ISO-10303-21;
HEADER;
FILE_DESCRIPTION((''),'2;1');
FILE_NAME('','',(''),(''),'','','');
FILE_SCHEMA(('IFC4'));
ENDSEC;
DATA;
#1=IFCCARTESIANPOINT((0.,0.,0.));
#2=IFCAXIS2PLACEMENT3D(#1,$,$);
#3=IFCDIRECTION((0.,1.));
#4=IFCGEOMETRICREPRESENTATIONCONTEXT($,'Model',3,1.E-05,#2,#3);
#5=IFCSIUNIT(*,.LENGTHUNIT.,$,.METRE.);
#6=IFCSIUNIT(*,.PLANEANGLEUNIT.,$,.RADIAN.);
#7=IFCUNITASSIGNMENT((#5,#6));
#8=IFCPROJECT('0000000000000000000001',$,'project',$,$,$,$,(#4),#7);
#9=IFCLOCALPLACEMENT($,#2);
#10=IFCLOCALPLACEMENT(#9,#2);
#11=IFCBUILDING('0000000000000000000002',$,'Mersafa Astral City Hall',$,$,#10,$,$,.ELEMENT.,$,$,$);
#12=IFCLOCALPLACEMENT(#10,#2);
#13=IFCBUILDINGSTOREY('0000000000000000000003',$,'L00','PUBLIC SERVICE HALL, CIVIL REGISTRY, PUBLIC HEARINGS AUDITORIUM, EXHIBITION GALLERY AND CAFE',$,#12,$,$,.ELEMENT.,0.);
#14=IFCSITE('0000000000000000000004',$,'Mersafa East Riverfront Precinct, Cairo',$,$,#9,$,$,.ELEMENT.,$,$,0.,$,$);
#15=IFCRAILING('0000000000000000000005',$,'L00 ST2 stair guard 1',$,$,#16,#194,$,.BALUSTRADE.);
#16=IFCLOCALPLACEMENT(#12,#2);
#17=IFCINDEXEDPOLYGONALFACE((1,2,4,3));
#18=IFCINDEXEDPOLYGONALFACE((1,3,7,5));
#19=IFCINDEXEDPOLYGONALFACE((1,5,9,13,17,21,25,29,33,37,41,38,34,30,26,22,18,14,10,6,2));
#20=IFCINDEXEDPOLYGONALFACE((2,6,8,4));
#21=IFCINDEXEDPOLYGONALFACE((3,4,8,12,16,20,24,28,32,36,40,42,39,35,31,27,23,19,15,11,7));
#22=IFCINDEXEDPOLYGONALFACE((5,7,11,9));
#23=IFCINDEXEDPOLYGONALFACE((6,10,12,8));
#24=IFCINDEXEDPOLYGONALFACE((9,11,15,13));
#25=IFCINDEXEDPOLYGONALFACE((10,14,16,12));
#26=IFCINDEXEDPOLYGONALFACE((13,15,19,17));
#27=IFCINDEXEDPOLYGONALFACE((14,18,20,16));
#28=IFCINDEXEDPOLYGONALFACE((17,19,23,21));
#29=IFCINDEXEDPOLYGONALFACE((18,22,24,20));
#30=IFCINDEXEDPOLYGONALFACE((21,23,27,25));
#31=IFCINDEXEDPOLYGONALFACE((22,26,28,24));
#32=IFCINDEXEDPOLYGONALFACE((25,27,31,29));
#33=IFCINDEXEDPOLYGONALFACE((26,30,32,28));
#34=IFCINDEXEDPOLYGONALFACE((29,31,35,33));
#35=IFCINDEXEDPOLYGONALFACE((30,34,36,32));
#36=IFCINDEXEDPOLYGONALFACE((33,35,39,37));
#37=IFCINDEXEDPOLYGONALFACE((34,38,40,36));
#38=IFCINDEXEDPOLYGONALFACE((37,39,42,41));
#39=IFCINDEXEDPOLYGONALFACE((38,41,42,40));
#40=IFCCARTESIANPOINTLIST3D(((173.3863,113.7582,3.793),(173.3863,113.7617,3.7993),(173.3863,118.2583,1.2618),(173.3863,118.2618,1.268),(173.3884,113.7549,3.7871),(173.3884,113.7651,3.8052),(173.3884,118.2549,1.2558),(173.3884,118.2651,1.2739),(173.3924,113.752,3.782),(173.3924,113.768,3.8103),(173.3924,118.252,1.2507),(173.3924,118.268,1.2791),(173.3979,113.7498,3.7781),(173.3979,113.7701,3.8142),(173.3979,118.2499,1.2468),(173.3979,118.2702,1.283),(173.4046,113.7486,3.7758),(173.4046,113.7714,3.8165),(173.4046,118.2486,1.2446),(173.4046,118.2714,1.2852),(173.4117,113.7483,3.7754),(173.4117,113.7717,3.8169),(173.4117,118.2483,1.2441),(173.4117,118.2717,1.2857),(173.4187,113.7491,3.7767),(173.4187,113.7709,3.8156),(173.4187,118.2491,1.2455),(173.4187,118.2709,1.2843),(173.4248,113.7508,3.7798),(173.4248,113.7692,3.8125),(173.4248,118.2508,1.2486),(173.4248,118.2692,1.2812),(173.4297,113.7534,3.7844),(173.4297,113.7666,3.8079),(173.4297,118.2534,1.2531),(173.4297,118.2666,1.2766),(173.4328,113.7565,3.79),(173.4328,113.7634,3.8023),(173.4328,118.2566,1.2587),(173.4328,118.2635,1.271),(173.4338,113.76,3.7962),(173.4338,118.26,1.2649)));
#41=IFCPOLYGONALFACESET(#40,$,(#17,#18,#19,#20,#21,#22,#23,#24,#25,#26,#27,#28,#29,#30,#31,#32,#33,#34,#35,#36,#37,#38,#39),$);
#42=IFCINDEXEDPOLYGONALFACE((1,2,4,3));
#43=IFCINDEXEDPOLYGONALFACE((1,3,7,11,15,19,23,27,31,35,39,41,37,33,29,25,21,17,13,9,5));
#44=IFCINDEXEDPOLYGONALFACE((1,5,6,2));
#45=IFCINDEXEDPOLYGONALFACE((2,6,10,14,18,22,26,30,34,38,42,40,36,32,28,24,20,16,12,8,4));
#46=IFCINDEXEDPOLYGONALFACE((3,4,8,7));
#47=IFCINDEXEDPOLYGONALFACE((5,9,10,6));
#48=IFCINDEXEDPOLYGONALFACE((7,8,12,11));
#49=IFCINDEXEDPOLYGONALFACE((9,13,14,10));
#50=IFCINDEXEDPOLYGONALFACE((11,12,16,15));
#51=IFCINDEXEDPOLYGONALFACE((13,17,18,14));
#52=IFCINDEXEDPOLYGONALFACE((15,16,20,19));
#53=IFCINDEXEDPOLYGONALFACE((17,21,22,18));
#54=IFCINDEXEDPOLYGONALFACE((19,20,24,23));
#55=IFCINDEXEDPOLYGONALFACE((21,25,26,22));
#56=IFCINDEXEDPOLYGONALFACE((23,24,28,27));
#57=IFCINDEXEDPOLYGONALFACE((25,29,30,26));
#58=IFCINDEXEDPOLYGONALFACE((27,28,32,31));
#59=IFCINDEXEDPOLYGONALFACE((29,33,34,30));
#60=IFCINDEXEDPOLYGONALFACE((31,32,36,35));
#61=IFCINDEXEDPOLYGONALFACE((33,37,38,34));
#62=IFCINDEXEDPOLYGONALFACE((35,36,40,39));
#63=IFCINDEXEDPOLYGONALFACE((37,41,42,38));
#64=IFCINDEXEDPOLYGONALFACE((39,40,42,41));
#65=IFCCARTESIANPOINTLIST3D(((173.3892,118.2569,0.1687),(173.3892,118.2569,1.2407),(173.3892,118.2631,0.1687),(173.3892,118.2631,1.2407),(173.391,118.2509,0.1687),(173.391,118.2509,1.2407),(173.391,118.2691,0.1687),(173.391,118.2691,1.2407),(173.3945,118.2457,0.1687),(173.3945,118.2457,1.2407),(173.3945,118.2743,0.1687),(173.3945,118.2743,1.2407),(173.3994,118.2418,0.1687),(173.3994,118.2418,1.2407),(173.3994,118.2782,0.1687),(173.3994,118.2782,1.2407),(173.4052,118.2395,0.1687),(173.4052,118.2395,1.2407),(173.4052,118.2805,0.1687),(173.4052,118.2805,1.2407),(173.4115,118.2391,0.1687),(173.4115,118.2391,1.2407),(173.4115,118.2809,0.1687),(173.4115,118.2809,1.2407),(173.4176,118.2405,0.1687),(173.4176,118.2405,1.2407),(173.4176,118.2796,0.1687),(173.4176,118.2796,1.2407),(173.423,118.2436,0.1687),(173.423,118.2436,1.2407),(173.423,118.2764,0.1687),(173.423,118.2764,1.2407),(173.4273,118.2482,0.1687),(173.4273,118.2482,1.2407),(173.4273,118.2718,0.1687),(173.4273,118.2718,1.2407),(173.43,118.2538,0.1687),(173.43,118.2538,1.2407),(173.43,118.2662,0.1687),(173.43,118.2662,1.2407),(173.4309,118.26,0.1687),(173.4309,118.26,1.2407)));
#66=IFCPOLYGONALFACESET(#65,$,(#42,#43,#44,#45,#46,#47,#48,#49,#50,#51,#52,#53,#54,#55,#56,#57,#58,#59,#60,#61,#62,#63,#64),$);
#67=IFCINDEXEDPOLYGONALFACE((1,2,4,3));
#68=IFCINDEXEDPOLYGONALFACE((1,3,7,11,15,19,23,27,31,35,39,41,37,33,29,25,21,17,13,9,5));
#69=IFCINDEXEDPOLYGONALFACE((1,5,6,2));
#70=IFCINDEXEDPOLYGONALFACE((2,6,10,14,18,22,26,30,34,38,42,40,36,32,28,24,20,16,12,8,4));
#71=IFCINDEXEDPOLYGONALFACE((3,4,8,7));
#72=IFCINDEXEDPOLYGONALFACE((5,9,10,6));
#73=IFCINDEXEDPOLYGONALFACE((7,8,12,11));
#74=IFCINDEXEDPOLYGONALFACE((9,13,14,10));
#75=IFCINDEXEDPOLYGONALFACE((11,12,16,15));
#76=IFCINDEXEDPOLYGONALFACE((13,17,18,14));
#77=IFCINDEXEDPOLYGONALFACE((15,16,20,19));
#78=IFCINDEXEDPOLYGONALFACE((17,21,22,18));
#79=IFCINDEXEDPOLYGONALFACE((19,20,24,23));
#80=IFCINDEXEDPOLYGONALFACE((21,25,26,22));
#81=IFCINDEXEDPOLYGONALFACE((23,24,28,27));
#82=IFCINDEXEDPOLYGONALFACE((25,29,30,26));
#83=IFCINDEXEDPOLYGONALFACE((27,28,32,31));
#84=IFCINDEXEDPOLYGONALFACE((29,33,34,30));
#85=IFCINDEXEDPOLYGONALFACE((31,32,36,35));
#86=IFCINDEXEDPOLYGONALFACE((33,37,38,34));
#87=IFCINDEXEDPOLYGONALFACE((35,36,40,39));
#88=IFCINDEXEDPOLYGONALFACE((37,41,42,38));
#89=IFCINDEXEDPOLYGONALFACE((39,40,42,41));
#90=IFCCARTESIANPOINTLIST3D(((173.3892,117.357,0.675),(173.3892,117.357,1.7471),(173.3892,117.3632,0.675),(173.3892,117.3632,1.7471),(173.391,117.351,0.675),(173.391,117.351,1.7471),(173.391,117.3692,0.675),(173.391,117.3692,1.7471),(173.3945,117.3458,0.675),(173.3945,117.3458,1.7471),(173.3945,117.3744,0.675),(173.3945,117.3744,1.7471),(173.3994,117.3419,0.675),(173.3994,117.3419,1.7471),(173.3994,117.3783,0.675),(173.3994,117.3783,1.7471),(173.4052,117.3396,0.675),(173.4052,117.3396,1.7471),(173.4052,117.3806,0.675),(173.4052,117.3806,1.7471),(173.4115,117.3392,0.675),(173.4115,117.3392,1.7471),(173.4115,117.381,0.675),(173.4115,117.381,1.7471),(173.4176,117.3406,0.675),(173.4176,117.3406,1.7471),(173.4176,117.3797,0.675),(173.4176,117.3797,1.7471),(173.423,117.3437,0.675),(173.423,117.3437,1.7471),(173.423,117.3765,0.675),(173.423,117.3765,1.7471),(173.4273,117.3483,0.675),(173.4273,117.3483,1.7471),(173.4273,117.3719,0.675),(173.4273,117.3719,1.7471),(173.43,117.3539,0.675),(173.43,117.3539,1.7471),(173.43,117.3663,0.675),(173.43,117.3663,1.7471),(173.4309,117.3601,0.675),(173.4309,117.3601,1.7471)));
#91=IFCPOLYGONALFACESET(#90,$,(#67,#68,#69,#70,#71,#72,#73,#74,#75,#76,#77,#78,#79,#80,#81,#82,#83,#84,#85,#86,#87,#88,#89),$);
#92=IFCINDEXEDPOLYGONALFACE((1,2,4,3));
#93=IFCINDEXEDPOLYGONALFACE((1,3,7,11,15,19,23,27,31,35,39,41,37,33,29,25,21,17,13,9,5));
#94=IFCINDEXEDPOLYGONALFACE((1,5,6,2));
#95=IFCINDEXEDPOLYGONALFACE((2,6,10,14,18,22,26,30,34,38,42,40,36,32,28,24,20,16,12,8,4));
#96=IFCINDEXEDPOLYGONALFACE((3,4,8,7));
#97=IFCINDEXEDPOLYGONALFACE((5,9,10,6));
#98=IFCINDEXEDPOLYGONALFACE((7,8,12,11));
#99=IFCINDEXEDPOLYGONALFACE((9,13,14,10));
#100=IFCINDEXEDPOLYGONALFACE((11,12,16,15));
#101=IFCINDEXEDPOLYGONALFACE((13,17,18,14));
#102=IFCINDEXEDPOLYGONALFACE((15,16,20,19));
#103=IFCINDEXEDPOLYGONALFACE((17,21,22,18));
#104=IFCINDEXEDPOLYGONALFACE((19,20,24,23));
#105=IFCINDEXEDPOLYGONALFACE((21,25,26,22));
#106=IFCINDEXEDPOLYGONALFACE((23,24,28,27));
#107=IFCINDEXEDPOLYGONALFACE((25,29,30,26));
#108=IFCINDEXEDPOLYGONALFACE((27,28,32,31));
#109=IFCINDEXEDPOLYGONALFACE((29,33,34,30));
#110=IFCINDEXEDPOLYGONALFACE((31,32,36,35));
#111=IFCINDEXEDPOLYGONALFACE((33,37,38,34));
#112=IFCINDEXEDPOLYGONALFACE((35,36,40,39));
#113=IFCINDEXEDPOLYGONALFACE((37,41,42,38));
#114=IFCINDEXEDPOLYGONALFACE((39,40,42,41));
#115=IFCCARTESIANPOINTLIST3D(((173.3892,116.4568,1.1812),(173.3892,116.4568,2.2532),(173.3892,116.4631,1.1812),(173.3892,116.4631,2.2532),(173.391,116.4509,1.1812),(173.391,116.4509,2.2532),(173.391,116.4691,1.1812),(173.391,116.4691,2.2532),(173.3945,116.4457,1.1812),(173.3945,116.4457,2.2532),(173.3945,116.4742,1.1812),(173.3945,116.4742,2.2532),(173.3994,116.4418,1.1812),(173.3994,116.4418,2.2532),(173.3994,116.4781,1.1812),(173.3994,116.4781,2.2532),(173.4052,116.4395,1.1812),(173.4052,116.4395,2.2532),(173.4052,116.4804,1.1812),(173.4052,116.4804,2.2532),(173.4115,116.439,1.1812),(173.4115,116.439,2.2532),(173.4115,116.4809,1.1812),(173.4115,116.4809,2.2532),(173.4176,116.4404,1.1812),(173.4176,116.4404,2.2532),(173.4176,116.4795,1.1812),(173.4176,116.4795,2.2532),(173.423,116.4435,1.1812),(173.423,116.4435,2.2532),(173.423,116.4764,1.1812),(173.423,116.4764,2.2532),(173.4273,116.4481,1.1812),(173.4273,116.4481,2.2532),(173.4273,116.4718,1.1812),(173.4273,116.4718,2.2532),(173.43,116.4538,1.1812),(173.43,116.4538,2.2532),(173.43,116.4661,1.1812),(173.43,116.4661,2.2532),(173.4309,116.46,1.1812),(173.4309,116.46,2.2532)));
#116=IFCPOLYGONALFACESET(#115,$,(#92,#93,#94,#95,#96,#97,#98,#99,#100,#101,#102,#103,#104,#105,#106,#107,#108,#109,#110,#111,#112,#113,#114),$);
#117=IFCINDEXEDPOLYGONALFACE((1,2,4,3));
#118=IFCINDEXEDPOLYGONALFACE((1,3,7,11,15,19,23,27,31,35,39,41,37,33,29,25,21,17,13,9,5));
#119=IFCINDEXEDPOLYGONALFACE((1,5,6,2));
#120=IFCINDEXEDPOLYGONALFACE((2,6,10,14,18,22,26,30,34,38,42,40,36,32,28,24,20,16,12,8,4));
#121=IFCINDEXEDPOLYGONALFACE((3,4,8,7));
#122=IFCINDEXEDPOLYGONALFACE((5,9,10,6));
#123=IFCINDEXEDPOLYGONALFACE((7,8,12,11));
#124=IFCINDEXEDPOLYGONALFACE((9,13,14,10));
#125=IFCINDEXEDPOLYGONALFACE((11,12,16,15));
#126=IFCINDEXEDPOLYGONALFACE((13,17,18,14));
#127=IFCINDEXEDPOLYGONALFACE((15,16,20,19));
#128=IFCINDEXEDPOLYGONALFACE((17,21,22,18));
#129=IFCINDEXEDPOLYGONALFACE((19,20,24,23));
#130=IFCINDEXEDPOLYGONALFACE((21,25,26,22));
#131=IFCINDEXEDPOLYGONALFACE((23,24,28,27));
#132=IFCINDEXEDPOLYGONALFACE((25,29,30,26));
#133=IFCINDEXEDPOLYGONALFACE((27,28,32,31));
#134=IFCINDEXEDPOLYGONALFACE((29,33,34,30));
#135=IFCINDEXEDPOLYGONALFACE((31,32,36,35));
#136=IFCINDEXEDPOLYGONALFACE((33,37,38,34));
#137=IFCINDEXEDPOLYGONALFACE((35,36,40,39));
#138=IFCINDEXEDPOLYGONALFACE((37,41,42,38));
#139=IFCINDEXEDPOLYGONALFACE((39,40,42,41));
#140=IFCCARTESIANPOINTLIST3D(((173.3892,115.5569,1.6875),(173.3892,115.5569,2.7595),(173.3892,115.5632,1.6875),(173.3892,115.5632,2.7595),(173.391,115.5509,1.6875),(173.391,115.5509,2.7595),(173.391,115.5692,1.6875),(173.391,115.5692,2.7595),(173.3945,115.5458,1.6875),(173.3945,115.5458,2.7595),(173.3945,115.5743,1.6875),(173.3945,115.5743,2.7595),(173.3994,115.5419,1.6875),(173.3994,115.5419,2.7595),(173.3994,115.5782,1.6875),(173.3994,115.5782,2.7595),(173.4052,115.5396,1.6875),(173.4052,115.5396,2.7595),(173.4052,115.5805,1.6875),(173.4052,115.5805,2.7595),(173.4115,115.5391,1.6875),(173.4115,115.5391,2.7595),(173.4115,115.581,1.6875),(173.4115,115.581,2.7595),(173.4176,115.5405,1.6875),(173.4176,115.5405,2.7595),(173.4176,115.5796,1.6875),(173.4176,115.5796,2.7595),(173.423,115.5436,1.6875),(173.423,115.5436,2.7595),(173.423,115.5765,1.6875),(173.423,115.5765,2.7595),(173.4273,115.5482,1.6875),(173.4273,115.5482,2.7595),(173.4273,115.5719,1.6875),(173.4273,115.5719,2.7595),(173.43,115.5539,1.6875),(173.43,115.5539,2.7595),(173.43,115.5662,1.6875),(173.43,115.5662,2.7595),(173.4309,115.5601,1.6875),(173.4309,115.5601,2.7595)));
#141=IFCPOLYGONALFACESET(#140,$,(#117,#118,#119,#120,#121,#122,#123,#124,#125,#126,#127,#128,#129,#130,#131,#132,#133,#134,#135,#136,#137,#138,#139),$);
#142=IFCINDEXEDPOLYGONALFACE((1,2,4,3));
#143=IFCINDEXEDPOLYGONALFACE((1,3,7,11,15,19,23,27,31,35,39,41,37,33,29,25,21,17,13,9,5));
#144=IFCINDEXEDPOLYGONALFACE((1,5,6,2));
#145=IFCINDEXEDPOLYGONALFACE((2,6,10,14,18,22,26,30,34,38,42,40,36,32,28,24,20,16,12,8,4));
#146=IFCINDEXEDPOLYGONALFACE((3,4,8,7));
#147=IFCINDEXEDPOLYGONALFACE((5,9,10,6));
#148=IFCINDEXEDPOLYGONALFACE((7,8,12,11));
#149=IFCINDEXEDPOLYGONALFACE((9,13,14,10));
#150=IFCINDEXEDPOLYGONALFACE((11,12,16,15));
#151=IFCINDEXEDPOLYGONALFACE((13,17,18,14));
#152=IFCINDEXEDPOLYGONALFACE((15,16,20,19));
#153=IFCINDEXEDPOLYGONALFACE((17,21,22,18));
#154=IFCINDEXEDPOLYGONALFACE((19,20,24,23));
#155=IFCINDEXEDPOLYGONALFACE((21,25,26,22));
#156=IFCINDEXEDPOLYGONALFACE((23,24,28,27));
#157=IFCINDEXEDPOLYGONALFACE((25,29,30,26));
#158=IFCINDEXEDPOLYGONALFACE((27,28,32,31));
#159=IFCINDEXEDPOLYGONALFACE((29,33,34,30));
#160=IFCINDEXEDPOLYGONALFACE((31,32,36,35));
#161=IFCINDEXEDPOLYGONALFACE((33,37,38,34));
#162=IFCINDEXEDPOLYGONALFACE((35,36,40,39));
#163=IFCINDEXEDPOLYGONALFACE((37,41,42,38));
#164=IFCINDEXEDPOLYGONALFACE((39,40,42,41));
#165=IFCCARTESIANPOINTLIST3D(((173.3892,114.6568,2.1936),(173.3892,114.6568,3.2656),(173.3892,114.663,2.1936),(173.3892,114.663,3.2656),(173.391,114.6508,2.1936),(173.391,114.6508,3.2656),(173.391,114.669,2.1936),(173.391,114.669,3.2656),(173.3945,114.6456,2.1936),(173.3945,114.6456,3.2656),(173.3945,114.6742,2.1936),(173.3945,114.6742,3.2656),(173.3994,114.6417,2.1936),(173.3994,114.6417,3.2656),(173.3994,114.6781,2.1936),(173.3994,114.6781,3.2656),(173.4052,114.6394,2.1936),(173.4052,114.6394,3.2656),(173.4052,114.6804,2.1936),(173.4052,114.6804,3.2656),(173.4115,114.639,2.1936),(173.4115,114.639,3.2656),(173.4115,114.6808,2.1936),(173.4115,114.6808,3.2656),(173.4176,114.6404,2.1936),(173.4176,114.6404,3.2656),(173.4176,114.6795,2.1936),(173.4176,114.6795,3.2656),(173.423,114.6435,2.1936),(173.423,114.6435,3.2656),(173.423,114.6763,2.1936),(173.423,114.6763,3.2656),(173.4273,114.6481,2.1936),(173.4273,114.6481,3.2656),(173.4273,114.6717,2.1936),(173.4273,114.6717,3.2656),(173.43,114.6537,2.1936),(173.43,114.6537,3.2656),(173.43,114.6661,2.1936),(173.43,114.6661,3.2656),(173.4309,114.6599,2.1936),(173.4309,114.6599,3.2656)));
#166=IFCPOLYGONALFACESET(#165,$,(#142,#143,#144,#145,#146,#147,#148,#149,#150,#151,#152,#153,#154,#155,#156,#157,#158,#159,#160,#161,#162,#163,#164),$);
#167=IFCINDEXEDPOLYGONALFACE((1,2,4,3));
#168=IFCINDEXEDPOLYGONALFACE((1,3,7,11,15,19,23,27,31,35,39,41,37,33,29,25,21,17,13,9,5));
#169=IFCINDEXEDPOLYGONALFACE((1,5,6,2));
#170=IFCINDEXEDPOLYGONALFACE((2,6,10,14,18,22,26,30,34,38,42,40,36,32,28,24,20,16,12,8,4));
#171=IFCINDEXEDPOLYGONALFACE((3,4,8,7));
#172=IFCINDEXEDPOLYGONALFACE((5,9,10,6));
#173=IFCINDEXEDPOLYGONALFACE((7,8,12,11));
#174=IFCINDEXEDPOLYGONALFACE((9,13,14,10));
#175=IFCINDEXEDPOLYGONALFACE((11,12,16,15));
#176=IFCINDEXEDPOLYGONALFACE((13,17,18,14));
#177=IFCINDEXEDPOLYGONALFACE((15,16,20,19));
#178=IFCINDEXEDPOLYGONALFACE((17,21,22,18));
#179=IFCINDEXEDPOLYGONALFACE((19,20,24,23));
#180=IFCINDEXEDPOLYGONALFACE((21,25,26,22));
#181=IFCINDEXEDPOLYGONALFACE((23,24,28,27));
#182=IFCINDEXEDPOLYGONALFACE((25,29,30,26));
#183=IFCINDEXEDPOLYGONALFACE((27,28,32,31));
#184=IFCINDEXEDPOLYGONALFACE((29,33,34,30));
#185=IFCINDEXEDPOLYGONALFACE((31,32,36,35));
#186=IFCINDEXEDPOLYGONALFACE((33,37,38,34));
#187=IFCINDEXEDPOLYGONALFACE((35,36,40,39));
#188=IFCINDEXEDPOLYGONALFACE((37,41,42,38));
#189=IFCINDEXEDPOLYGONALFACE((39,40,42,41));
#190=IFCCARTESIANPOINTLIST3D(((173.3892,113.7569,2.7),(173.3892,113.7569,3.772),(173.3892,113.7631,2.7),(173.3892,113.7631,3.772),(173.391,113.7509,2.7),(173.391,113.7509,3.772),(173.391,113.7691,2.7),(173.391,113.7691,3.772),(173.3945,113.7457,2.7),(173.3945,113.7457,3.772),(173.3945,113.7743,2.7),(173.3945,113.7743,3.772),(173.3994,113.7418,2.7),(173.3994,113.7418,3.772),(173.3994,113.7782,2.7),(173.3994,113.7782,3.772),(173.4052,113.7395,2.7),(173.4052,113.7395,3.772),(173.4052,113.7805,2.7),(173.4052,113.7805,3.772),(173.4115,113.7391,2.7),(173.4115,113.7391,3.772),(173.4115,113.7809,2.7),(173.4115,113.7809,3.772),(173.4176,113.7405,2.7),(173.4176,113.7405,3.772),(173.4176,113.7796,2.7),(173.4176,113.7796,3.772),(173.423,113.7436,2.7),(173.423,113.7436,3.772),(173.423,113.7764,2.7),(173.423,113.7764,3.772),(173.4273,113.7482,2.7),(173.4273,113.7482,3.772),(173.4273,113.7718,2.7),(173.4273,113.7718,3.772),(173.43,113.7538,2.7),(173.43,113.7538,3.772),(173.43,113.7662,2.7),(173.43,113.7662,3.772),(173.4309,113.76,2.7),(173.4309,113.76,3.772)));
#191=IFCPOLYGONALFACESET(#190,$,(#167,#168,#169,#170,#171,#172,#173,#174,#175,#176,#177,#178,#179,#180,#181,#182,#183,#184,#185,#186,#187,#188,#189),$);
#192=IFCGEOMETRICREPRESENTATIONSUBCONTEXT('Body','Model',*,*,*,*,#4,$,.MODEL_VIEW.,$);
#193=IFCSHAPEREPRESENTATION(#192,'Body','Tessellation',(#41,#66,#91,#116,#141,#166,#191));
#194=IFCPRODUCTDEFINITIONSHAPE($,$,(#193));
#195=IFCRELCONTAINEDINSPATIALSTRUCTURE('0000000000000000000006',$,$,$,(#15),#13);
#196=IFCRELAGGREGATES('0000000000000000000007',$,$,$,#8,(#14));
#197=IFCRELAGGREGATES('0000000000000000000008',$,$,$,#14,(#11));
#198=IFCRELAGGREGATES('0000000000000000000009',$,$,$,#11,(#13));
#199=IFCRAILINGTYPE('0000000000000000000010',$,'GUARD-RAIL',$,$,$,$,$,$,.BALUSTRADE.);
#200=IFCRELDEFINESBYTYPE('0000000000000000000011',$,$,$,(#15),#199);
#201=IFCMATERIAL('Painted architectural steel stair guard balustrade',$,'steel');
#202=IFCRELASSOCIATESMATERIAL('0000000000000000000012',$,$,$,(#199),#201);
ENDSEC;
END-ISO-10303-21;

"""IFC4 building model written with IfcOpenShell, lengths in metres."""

from ifc_helpers import new_model, si_unit, direction, frame, origin, origin_2d, place, context, subcontext, project, spatial, circle, extrude, material, type_object, element, save


model = new_model("IFC4")

# Units and contexts
model_context = context("Model", 3, precision=1e-05, world=origin(), true_north=direction((0.0, 1.0)))
body_context = subcontext(model_context, "Body", "Model", "MODEL_VIEW")
ifc_project = project(units=[si_unit("LENGTHUNIT", "METRE"), si_unit("PLANEANGLEUNIT", "RADIAN")], contexts=[model_context])

# Site, building, storey
site_placement = place(None, origin())
site = spatial("IfcSite", under=ifc_project, at=site_placement, Name="Mersafa East Riverfront Precinct, Cairo", CompositionType="ELEMENT", RefElevation=0.0)
building_placement = place(site_placement, origin())
building = spatial("IfcBuilding", under=site, at=building_placement, Name="Mersafa Astral City Hall", CompositionType="ELEMENT")
storey_placement = place(building_placement, origin())
storey = spatial("IfcBuildingStorey", under=building, at=storey_placement, Name="L00", Description="PUBLIC SERVICE HALL, CIVIL REGISTRY, PUBLIC HEARINGS AUDITORIUM, EXHIBITION GALLERY AND CAFE", CompositionType="ELEMENT", Elevation=0.0)

# Railing
ifc_material_1 = material(Name="Painted architectural steel stair guard balustrade", Category="steel")
railing_type_1 = type_object("IfcRailingType", Name="GUARD-RAIL", PredefinedType="BALUSTRADE", material=ifc_material_1)
railing_1_placement = place(storey_placement, frame((173.4099, 118.26, 0.1687)))
element("IfcRailing", 1, at=railing_1_placement, inside=storey, type_object=railing_type_1, Name="L00 ST2 stair guard 1", PredefinedType="BALUSTRADE", context=body_context, shape_type="SweptSolid", body=[
    extrude(circle(Radius=0.0239, at=origin_2d()), frame((0.0, 0.0, 1.0962), z_axis=(0.0, -0.871576, 0.490261), x_axis=(1.0, 0.0, 0.0)), (0.0, 0.0, 1.0), 5.1631),
    extrude(circle(Radius=0.021, at=origin_2d()), origin(), (0.0, 0.0, 1.0), 1.072),
    extrude(circle(Radius=0.021, at=origin_2d()), frame((0.0, -0.8999, 0.5063)), (0.0, 0.0, 1.0), 1.072),
    extrude(circle(Radius=0.021, at=origin_2d()), frame((0.0, -1.8, 1.0125)), (0.0, 0.0, 1.0), 1.072),
    extrude(circle(Radius=0.021, at=origin_2d()), frame((0.0, -2.7, 1.5188)), (0.0, 0.0, 1.0), 1.072),
    extrude(circle(Radius=0.021, at=origin_2d()), frame((0.0, -3.6001, 2.0249)), (0.0, 0.0, 1.0), 1.072),
    extrude(circle(Radius=0.021, at=origin_2d()), frame((0.0, -4.5, 2.5312)), (0.0, 0.0, 1.0), 1.072),
])

save(model, "model.ifc")
